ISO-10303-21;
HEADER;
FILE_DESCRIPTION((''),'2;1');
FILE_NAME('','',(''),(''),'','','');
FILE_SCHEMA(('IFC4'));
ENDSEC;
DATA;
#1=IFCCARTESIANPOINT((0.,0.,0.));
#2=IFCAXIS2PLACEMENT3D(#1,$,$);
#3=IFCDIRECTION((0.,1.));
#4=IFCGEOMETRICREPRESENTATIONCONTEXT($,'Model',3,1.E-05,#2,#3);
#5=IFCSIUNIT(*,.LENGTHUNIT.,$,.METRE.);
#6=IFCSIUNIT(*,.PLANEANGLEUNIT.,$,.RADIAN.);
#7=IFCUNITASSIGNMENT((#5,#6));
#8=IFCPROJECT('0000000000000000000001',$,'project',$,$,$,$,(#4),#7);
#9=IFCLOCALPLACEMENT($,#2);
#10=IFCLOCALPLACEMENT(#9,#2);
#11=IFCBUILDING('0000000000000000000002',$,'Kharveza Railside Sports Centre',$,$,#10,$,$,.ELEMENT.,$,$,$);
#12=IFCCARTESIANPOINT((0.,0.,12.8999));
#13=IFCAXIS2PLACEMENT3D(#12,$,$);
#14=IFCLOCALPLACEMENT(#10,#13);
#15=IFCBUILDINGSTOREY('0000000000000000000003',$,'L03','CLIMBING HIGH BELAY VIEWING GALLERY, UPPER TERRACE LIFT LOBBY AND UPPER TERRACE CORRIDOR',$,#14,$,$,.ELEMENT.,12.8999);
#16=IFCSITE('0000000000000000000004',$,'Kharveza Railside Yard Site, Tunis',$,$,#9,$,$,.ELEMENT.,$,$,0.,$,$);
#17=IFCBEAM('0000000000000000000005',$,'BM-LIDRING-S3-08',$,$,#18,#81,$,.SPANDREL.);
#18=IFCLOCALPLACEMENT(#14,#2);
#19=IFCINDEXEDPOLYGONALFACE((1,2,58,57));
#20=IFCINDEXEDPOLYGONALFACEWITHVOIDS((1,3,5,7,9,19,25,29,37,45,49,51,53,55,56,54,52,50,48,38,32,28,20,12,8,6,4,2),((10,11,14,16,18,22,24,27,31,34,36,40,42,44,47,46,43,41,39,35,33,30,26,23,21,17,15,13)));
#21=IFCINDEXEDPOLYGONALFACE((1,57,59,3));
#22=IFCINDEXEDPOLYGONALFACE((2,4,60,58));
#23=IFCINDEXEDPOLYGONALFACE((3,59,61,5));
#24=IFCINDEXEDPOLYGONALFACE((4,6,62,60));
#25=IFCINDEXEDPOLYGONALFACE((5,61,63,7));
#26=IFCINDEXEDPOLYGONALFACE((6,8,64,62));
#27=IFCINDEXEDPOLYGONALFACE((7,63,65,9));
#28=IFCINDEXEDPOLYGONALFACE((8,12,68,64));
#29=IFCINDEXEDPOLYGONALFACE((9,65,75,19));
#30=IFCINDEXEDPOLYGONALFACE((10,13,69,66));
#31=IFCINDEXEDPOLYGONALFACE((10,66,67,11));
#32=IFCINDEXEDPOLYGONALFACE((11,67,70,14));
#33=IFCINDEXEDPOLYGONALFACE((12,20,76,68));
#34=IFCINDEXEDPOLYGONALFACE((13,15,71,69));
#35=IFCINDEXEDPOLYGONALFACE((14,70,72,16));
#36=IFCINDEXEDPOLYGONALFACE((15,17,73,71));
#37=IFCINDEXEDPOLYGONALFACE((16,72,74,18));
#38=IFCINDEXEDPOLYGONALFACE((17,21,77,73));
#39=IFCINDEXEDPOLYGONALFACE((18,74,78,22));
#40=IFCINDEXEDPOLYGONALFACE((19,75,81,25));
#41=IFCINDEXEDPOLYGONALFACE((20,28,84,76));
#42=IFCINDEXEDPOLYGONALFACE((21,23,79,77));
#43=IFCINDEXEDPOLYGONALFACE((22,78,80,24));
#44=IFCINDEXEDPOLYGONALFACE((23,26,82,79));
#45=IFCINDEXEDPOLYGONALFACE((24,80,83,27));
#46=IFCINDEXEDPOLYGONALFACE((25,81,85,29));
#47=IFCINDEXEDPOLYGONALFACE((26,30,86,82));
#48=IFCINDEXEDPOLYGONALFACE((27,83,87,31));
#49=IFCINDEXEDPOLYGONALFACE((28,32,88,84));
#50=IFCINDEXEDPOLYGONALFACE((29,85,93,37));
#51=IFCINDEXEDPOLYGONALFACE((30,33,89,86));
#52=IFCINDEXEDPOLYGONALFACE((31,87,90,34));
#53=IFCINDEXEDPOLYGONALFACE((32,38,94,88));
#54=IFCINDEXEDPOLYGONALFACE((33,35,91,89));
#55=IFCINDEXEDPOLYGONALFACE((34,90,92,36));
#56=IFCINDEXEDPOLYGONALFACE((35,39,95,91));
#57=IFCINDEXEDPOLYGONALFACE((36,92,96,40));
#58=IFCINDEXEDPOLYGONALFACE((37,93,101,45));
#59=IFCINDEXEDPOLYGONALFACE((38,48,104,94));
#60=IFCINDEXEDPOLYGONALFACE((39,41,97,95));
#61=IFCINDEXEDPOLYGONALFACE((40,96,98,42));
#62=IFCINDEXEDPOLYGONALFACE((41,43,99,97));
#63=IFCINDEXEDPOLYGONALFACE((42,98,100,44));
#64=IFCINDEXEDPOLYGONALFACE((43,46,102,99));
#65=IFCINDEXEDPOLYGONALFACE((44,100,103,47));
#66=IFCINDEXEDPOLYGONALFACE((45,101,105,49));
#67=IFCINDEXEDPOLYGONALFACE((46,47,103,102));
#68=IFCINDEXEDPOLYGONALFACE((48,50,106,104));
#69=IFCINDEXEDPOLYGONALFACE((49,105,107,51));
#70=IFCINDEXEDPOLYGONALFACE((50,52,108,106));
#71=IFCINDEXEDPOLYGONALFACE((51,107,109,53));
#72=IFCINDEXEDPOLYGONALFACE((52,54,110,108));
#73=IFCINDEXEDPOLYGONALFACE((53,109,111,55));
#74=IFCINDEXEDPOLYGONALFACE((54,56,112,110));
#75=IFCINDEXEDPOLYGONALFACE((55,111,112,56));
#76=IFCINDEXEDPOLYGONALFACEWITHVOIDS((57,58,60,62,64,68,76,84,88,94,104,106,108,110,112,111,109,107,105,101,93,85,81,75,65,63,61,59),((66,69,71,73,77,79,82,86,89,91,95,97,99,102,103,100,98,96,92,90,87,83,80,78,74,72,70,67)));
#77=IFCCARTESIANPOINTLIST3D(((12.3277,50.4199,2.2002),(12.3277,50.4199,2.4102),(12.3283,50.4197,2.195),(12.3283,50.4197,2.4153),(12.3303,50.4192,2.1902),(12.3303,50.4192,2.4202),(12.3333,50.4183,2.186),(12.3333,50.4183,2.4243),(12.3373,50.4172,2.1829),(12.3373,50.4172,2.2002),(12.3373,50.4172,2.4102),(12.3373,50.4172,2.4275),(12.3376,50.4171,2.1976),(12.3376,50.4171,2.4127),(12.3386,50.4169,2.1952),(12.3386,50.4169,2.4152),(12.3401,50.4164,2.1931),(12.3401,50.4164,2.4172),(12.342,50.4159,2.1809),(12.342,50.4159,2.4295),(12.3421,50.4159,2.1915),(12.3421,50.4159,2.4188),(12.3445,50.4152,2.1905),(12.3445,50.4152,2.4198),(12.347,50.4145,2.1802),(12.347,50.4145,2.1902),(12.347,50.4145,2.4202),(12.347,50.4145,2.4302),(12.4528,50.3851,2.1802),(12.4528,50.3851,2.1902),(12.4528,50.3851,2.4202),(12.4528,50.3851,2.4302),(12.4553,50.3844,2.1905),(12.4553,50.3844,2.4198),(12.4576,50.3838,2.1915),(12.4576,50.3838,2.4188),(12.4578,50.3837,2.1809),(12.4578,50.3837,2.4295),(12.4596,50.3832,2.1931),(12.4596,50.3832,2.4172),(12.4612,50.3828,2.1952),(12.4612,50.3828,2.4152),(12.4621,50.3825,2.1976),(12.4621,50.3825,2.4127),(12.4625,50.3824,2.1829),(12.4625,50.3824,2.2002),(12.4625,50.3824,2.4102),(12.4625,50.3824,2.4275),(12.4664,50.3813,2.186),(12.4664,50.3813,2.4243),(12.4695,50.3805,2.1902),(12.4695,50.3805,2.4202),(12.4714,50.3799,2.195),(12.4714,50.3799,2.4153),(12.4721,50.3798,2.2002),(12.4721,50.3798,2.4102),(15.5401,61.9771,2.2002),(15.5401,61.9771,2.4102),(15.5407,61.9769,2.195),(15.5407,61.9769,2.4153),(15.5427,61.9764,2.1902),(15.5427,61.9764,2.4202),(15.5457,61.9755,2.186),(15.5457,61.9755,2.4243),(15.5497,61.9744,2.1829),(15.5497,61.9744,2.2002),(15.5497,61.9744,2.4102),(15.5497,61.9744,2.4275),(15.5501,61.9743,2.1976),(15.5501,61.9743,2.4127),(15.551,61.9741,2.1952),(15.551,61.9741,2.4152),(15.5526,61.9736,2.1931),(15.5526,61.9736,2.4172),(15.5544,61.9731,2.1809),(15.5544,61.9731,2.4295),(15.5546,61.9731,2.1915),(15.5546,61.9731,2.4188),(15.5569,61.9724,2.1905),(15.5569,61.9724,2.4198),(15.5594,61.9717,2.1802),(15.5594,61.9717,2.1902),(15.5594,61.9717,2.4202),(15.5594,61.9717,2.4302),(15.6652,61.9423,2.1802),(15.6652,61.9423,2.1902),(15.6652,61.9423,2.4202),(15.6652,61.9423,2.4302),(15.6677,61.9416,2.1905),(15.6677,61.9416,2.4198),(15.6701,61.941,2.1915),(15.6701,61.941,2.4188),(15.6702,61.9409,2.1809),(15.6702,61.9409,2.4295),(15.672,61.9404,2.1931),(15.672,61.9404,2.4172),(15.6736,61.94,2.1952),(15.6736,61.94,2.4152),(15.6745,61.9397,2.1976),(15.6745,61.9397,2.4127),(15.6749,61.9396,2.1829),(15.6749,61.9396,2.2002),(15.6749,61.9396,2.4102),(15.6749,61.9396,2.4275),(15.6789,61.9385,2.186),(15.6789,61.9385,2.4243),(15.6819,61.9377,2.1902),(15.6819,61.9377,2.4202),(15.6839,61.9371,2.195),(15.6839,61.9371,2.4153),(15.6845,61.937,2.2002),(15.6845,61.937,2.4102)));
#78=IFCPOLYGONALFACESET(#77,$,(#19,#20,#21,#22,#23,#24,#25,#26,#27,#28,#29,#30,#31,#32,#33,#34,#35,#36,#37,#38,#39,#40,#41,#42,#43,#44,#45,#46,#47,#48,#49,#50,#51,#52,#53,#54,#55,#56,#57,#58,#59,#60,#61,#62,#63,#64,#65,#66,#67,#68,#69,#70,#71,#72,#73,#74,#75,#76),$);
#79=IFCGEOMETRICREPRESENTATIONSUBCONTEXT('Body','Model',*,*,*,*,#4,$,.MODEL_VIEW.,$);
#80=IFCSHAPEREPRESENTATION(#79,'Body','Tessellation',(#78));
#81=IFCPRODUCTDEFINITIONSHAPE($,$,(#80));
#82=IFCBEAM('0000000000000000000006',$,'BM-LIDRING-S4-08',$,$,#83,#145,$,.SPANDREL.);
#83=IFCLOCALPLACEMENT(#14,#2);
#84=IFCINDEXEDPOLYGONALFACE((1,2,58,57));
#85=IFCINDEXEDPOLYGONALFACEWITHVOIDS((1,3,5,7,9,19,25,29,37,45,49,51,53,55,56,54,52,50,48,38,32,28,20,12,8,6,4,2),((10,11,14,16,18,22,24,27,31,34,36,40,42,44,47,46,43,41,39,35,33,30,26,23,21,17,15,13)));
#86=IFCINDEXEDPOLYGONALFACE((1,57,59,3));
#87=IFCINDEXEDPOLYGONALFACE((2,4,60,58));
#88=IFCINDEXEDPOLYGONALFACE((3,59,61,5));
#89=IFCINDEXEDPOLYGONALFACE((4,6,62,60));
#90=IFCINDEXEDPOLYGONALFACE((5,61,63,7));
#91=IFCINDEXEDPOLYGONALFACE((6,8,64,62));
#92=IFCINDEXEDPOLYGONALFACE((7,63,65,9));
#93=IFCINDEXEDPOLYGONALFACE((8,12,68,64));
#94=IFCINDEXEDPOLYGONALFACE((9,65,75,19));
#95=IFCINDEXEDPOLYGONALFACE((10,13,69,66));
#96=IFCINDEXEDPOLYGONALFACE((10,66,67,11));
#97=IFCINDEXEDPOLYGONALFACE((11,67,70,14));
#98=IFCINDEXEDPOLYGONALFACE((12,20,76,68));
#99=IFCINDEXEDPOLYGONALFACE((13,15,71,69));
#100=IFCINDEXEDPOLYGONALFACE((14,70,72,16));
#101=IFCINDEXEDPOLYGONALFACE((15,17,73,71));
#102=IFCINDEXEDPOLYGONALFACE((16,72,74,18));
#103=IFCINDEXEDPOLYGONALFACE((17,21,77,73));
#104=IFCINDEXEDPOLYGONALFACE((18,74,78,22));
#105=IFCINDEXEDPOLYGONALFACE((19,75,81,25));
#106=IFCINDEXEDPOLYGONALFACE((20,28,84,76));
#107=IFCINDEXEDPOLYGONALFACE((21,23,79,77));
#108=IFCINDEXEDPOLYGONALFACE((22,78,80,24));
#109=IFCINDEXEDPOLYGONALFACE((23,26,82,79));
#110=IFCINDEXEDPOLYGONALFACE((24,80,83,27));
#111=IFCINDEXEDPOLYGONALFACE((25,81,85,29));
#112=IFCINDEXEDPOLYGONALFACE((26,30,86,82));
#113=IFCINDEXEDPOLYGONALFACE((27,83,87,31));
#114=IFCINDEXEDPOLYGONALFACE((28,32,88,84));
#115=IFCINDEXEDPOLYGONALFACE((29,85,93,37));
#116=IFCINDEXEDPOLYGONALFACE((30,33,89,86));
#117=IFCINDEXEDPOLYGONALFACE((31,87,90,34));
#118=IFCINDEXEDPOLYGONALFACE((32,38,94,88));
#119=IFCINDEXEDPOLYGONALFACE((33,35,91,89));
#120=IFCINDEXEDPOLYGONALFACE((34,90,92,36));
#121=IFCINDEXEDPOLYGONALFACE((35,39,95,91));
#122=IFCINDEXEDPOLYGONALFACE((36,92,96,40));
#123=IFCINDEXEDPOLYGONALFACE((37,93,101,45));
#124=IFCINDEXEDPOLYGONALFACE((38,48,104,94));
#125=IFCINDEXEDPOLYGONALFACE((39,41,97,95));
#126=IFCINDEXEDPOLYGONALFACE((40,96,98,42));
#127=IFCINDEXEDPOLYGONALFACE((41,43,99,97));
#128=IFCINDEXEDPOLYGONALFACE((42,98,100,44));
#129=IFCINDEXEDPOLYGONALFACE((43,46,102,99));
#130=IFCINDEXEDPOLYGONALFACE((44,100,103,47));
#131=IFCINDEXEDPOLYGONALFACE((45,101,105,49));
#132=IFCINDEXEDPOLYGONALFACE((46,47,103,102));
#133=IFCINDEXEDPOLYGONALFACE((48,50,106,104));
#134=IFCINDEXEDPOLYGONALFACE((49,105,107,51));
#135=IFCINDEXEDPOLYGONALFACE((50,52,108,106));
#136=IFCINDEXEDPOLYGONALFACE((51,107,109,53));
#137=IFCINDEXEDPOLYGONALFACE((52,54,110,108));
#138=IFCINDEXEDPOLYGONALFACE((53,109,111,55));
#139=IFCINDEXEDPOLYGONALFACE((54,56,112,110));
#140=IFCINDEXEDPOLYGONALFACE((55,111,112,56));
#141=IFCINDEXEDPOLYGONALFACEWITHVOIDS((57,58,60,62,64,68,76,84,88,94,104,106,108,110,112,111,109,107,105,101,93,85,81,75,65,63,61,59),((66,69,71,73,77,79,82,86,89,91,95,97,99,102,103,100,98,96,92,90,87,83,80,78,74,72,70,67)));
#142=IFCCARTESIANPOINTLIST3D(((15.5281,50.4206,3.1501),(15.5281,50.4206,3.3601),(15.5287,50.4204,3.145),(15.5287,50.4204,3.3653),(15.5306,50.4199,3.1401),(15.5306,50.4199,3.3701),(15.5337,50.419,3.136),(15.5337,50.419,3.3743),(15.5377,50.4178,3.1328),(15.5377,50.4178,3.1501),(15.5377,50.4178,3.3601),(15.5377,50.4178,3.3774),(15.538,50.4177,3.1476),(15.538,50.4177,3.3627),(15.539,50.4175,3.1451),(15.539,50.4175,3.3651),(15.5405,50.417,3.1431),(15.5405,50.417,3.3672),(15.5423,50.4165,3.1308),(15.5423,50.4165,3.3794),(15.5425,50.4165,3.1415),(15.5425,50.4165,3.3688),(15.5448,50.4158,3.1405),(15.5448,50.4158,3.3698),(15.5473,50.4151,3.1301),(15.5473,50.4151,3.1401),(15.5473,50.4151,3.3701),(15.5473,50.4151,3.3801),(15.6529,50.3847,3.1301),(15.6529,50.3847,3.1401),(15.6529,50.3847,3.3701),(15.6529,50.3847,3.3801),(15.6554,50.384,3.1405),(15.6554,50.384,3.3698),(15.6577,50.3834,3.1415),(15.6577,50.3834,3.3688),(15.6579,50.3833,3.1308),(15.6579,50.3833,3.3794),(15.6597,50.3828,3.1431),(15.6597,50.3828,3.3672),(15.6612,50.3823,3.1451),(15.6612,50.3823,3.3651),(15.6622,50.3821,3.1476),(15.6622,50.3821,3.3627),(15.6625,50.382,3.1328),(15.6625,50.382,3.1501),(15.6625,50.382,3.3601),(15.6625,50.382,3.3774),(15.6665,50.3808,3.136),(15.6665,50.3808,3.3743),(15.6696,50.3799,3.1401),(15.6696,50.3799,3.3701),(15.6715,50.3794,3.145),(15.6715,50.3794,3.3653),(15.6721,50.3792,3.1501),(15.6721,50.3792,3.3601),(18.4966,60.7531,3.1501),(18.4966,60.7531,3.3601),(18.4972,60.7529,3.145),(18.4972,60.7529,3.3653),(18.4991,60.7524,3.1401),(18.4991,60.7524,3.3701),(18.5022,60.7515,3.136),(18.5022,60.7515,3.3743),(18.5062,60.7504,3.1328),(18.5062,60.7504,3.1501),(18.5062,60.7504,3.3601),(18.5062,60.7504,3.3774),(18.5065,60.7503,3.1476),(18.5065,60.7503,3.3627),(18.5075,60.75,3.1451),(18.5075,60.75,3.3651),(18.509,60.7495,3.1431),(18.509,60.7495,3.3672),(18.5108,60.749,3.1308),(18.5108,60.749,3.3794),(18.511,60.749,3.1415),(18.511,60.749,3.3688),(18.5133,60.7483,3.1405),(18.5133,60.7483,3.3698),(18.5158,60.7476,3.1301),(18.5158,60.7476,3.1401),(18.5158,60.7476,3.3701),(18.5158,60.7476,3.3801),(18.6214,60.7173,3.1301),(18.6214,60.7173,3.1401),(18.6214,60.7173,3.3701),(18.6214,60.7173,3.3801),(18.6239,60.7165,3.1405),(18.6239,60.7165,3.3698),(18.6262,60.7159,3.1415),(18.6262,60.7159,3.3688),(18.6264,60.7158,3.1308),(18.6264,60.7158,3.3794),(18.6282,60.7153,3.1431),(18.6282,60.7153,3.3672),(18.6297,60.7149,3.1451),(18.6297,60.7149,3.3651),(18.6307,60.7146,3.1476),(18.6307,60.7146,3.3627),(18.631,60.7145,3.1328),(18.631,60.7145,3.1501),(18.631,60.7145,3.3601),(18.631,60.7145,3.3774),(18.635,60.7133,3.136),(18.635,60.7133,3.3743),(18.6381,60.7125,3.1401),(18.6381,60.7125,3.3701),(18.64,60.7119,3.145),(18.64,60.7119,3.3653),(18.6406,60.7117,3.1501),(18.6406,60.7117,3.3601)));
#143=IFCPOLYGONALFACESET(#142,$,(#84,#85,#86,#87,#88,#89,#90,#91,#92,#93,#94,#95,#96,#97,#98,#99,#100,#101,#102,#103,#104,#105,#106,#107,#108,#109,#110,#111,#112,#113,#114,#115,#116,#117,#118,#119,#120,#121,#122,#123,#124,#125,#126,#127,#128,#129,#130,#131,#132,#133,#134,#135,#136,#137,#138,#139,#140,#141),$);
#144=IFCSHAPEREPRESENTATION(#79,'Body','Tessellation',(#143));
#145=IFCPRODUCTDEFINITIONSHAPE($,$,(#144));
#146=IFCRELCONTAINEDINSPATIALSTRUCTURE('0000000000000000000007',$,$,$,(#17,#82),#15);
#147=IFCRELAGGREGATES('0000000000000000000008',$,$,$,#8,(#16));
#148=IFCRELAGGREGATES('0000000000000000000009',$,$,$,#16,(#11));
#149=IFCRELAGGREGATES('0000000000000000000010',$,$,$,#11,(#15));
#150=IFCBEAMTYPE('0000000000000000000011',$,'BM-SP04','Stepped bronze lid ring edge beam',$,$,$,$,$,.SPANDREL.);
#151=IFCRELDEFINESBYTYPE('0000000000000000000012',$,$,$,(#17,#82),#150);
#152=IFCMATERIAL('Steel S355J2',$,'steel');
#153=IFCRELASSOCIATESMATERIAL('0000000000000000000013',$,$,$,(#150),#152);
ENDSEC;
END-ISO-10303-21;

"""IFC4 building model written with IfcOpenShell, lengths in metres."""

from ifc_helpers import new_model, si_unit, direction, frame, origin, origin_2d, place, context, subcontext, project, spatial, hollow_rectangle, extrude, material, material_profile, profile_set, type_object, element, save


model = new_model("IFC4")

# Units and contexts
model_context = context("Model", 3, precision=1e-05, world=origin(), true_north=direction((0.0, 1.0)))
body_context = subcontext(model_context, "Body", "Model", "MODEL_VIEW")
ifc_project = project(units=[si_unit("LENGTHUNIT", "METRE"), si_unit("PLANEANGLEUNIT", "RADIAN")], contexts=[model_context])

# Site, building, storey
site_placement = place(None, origin())
site = spatial("IfcSite", under=ifc_project, at=site_placement, Name="Kharveza Railside Yard Site, Tunis", CompositionType="ELEMENT", RefElevation=0.0)
building_placement = place(site_placement, origin())
building = spatial("IfcBuilding", under=site, at=building_placement, Name="Kharveza Railside Sports Centre", CompositionType="ELEMENT")
storey_placement = place(building_placement, frame((0.0, 0.0, 12.8999)))
storey = spatial("IfcBuildingStorey", under=building, at=storey_placement, Name="L03", Description="CLIMBING HIGH BELAY VIEWING GALLERY, UPPER TERRACE LIFT LOBBY AND UPPER TERRACE CORRIDOR", CompositionType="ELEMENT", Elevation=12.8999)

# Beams
ifc_material_1 = material(Name="Steel S355J2", Category="steel")
ifc_material_profile_1 = material_profile(ifc_material_1, hollow_rectangle(XDim=0.1499, YDim=0.25, WallThickness=0.01, InnerFilletRadius=0.01, OuterFilletRadius=0.02, at=origin_2d()), Name="RHS 150x250x10.0")
ifc_profile_set_1 = profile_set([ifc_material_profile_1], Name="Steel S355J2")
beam_type = type_object("IfcBeamType", Name="BM-SP04", Description="Stepped bronze lid ring edge beam", PredefinedType="SPANDREL", material=ifc_profile_set_1)
beam_1_placement = place(storey_placement, frame((15.6123, 61.957, 2.3052), z_axis=(-0.267806, -0.963473, 0.0), x_axis=(0.963473, -0.267806, 0.0)))
element("IfcBeam", 1, at=beam_1_placement, inside=storey, type_object=beam_type, Name="BM-LIDRING-S3-08", PredefinedType="SPANDREL", context=body_context, shape_type="SweptSolid", body=[
    extrude(hollow_rectangle(XDim=0.1499, YDim=0.25, WallThickness=0.01, InnerFilletRadius=0.01, OuterFilletRadius=0.02, at=origin_2d()), origin(), (0.0, 0.0, 1.0), 11.9954),
])
beam_2_placement = place(storey_placement, frame((18.5686, 60.7324, 3.2551), z_axis=(-0.276128, -0.961121, 0.0), x_axis=(0.961121, -0.276128, 0.0)))
element("IfcBeam", 2, at=beam_2_placement, inside=storey, type_object=beam_type, Name="BM-LIDRING-S4-08", PredefinedType="SPANDREL", context=body_context, shape_type="SweptSolid", body=[
    extrude(hollow_rectangle(XDim=0.1499, YDim=0.25, WallThickness=0.01, InnerFilletRadius=0.01, OuterFilletRadius=0.02, at=origin_2d()), origin(), (0.0, 0.0, 1.0), 10.7505),
])

save(model, "model.ifc")
